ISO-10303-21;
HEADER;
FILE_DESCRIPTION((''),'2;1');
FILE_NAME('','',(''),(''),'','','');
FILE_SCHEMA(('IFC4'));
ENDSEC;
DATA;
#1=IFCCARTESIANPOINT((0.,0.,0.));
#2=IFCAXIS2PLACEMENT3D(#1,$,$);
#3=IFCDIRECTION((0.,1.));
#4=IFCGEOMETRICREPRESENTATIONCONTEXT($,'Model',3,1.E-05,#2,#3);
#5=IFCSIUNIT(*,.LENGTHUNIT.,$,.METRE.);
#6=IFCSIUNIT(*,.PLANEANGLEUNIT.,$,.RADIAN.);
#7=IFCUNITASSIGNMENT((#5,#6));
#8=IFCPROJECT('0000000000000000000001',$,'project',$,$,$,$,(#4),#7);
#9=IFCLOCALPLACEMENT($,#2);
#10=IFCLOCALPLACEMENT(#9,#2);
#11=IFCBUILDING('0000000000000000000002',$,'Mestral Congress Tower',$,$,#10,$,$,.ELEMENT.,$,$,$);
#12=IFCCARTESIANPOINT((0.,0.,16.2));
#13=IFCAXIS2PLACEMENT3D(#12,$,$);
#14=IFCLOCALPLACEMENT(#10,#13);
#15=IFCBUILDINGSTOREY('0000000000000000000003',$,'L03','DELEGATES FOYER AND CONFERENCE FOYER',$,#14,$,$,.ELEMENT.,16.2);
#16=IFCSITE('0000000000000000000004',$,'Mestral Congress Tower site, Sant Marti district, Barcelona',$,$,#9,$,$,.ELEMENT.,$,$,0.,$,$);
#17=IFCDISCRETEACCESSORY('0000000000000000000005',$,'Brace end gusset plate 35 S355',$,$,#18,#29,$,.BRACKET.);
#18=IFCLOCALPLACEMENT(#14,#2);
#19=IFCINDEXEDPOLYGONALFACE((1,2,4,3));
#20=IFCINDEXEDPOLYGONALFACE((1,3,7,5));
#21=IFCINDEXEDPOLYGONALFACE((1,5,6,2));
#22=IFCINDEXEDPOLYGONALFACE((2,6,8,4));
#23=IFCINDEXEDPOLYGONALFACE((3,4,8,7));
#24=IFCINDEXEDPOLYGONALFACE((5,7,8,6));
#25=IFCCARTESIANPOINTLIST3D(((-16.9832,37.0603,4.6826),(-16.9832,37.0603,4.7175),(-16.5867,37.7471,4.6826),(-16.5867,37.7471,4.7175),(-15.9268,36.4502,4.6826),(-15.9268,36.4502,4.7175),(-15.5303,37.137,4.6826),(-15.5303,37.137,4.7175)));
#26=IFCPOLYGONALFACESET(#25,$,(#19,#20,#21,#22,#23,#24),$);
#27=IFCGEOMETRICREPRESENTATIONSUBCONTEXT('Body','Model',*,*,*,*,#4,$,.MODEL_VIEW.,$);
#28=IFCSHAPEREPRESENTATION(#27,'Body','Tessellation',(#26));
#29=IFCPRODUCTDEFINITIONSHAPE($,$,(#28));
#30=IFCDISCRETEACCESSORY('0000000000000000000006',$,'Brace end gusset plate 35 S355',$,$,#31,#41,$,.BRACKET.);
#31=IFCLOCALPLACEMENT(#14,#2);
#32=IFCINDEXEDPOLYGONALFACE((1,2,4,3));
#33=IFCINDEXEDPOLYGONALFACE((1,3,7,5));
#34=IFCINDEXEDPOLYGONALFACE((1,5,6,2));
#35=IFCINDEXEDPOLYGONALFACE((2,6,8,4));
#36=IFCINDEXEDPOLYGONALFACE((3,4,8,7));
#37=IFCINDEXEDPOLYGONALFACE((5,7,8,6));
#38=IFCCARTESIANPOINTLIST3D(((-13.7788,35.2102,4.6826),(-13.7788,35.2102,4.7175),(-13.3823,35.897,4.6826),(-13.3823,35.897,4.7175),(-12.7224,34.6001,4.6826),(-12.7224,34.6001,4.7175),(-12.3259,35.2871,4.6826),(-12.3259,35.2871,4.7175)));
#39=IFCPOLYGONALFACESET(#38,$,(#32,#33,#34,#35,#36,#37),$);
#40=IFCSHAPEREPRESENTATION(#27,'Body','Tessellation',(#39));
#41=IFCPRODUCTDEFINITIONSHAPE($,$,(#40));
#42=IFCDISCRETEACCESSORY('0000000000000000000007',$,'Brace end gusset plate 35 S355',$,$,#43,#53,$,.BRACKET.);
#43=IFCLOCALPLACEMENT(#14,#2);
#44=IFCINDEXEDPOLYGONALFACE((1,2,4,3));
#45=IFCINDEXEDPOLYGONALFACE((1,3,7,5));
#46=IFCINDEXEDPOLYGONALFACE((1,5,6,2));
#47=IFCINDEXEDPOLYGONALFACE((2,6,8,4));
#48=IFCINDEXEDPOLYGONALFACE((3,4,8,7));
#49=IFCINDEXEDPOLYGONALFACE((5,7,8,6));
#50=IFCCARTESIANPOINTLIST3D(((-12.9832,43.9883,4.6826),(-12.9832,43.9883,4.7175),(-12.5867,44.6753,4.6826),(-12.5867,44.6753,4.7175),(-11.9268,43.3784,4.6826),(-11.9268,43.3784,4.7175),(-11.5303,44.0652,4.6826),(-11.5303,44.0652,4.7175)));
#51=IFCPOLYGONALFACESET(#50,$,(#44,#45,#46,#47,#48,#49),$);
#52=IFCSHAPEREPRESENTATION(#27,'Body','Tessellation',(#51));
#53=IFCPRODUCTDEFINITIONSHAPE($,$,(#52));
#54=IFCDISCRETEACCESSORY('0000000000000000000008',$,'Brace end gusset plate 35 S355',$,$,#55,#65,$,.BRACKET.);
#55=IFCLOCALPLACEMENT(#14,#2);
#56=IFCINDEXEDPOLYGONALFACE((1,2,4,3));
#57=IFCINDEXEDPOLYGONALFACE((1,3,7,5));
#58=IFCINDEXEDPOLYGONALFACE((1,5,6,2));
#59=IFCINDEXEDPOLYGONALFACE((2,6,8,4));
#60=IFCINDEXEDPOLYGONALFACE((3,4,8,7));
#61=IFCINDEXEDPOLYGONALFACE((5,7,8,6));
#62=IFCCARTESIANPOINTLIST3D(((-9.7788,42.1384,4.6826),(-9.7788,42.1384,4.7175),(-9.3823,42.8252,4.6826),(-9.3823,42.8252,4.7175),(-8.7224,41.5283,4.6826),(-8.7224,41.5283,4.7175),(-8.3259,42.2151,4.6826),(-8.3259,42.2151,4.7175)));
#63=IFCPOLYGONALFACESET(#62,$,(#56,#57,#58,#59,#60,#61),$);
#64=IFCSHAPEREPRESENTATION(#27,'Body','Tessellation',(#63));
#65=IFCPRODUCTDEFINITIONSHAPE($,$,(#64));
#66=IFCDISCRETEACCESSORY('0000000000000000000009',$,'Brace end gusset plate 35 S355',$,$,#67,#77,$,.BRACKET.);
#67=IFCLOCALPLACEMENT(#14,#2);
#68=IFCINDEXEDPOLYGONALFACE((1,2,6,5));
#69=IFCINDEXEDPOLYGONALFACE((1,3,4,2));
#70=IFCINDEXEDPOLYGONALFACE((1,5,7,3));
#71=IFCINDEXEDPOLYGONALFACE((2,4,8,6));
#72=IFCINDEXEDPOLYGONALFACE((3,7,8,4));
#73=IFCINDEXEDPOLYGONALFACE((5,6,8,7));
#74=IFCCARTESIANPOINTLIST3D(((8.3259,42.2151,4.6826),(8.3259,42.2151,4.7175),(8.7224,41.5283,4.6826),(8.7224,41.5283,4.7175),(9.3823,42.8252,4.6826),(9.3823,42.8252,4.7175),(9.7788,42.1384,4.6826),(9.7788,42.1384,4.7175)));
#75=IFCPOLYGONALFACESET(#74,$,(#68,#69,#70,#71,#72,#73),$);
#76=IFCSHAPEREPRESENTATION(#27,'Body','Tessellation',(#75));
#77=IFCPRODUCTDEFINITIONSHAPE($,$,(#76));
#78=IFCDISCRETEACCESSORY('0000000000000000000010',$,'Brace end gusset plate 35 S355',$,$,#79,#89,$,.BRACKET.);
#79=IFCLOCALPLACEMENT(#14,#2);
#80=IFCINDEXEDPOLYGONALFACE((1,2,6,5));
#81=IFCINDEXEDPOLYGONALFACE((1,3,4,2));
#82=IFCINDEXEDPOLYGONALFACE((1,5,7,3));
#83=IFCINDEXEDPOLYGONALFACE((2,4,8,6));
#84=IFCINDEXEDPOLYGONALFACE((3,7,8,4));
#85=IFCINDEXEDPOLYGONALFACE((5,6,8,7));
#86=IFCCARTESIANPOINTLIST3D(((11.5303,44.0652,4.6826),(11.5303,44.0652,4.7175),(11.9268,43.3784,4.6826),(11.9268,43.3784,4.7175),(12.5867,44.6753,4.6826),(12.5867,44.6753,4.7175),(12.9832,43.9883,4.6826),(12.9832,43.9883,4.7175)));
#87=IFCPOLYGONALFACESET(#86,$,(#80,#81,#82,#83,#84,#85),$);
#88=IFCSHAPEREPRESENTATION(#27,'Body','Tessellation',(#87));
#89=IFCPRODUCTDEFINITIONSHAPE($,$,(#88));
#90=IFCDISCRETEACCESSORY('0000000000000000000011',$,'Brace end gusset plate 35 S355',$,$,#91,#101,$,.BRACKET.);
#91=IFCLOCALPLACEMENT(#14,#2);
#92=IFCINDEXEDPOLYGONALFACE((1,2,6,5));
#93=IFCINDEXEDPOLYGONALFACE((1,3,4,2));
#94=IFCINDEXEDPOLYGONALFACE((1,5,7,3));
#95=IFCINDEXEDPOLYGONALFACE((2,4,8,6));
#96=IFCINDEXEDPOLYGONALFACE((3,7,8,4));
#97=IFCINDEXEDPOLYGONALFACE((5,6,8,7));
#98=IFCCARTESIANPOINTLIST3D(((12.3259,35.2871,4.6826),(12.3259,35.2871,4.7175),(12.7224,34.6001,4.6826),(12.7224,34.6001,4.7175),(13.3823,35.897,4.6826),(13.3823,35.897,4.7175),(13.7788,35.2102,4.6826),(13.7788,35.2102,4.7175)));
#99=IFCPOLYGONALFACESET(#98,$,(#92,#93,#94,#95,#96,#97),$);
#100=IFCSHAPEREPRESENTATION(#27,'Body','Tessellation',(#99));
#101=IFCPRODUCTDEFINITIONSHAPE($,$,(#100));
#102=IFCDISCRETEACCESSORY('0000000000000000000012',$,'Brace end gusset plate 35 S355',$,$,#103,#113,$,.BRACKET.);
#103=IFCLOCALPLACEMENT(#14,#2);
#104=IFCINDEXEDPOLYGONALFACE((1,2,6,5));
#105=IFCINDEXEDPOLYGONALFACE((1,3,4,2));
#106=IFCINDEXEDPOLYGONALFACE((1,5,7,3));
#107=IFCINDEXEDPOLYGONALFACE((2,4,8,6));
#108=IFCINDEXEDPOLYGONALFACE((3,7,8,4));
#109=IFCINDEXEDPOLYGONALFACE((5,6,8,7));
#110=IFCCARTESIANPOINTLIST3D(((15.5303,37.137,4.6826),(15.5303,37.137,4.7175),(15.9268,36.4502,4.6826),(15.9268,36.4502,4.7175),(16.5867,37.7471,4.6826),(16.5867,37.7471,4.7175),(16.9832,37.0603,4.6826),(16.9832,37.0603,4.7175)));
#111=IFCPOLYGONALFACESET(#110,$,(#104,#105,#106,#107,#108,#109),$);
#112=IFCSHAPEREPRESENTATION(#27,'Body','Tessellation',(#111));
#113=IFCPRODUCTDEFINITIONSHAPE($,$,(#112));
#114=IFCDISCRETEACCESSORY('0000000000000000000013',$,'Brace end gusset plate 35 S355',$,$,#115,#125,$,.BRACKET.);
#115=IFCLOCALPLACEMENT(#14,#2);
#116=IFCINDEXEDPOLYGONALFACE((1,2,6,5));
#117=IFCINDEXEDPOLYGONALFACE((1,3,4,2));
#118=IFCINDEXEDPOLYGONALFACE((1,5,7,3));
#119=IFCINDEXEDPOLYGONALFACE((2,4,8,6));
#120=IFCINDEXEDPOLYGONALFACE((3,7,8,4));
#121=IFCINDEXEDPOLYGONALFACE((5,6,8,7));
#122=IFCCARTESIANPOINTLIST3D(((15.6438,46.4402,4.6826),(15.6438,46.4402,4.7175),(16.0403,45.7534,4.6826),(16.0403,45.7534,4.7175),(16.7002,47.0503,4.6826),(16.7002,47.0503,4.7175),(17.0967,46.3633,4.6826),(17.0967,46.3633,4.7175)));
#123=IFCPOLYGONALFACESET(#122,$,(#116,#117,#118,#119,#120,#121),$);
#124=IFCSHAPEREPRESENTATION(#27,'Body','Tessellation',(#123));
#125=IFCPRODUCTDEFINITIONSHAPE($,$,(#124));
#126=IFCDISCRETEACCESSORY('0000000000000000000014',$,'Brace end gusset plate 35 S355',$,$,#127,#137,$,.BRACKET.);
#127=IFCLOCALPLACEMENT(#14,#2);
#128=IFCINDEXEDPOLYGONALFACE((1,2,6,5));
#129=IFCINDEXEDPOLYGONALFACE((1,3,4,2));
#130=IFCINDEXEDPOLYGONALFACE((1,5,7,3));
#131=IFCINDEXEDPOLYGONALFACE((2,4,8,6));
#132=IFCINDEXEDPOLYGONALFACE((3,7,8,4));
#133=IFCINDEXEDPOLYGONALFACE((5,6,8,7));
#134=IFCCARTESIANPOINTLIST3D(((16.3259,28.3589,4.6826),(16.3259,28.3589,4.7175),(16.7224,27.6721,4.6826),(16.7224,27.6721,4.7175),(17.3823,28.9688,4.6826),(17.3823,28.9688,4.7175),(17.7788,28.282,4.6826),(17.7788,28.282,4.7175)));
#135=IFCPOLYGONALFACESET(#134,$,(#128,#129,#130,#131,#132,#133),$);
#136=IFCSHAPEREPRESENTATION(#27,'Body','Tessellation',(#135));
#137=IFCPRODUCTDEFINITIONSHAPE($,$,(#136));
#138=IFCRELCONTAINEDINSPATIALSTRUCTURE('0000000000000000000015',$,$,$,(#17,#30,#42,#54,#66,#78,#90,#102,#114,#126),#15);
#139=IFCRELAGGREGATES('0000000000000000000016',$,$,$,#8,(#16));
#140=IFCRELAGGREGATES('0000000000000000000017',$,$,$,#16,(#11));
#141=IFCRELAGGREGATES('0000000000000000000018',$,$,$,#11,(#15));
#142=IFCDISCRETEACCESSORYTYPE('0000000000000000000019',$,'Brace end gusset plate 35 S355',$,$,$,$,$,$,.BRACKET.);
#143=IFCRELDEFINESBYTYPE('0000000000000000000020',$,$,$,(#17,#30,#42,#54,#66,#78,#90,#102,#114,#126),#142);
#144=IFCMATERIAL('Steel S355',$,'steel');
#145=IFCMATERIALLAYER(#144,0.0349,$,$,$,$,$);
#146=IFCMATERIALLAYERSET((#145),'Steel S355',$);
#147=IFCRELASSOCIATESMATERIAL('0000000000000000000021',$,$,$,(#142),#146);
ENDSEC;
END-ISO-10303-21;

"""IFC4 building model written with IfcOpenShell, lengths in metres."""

from ifc_helpers import new_model, si_unit, direction, frame, origin, place, context, subcontext, project, spatial, polyline, outline, extrude, material, layer, layer_set, type_object, element, save


model = new_model("IFC4")

# Units and contexts
model_context = context("Model", 3, precision=1e-05, world=origin(), true_north=direction((0.0, 1.0)))
body_context = subcontext(model_context, "Body", "Model", "MODEL_VIEW")
ifc_project = project(units=[si_unit("LENGTHUNIT", "METRE"), si_unit("PLANEANGLEUNIT", "RADIAN")], contexts=[model_context])

# Site, building, storey
site_placement = place(None, origin())
site = spatial("IfcSite", under=ifc_project, at=site_placement, Name="Mestral Congress Tower site, Sant Marti district, Barcelona", CompositionType="ELEMENT", RefElevation=0.0)
building_placement = place(site_placement, origin())
building = spatial("IfcBuilding", under=site, at=building_placement, Name="Mestral Congress Tower", CompositionType="ELEMENT")
storey_placement = place(building_placement, frame((0.0, 0.0, 16.2)))
storey = spatial("IfcBuildingStorey", under=building, at=storey_placement, Name="L03", Description="DELEGATES FOYER AND CONFERENCE FOYER", CompositionType="ELEMENT", Elevation=16.2)

# Discrete accessories
ifc_material = material(Name="Steel S355", Category="steel")
ifc_layer_1 = layer(ifc_material, 0.0349)
ifc_layer_set_1 = layer_set([ifc_layer_1], Name="Steel S355")
discrete_accessory_type_1 = type_object("IfcDiscreteAccessoryType", Name="Brace end gusset plate 35 S355", PredefinedType="BRACKET", material=ifc_layer_set_1)
placement_1 = place(storey_placement, frame((0.0, 0.0, 4.6826)))
element("IfcDiscreteAccessory", 1, at=placement_1, inside=storey, type_object=discrete_accessory_type_1, Name="Brace end gusset plate 35 S355", PredefinedType="BRACKET", context=body_context, shape_type="SweptSolid", body=[
    extrude(outline(polyline([(-16.9832, 37.0603), (-15.9268, 36.4502), (-15.5303, 37.137), (-16.5867, 37.7471), (-16.9832, 37.0603)])), origin(), (0.0, 0.0, 1.0), 0.0349),
])
element("IfcDiscreteAccessory", 2, at=placement_1, inside=storey, type_object=discrete_accessory_type_1, Name="Brace end gusset plate 35 S355", PredefinedType="BRACKET", context=body_context, shape_type="SweptSolid", body=[
    extrude(outline(polyline([(-13.7788, 35.2102), (-12.7224, 34.6001), (-12.3259, 35.2871), (-13.3823, 35.897), (-13.7788, 35.2102)])), origin(), (0.0, 0.0, 1.0), 0.0349),
])
element("IfcDiscreteAccessory", 3, at=placement_1, inside=storey, type_object=discrete_accessory_type_1, Name="Brace end gusset plate 35 S355", PredefinedType="BRACKET", context=body_context, shape_type="SweptSolid", body=[
    extrude(outline(polyline([(-12.9832, 43.9883), (-11.9268, 43.3784), (-11.5303, 44.0652), (-12.5867, 44.6753), (-12.9832, 43.9883)])), origin(), (0.0, 0.0, 1.0), 0.0349),
])
element("IfcDiscreteAccessory", 4, at=placement_1, inside=storey, type_object=discrete_accessory_type_1, Name="Brace end gusset plate 35 S355", PredefinedType="BRACKET", context=body_context, shape_type="SweptSolid", body=[
    extrude(outline(polyline([(-9.7788, 42.1384), (-8.7224, 41.5283), (-8.3259, 42.2151), (-9.3823, 42.8252), (-9.7788, 42.1384)])), origin(), (0.0, 0.0, 1.0), 0.0349),
])
element("IfcDiscreteAccessory", 5, at=placement_1, inside=storey, type_object=discrete_accessory_type_1, Name="Brace end gusset plate 35 S355", PredefinedType="BRACKET", context=body_context, shape_type="SweptSolid", body=[
    extrude(outline(polyline([(9.3823, 42.8252), (8.3259, 42.2151), (8.7224, 41.5283), (9.7788, 42.1384), (9.3823, 42.8252)])), origin(), (0.0, 0.0, 1.0), 0.0349),
])
element("IfcDiscreteAccessory", 6, at=placement_1, inside=storey, type_object=discrete_accessory_type_1, Name="Brace end gusset plate 35 S355", PredefinedType="BRACKET", context=body_context, shape_type="SweptSolid", body=[
    extrude(outline(polyline([(12.5867, 44.6753), (11.5303, 44.0652), (11.9268, 43.3784), (12.9832, 43.9883), (12.5867, 44.6753)])), origin(), (0.0, 0.0, 1.0), 0.0349),
])
element("IfcDiscreteAccessory", 7, at=placement_1, inside=storey, type_object=discrete_accessory_type_1, Name="Brace end gusset plate 35 S355", PredefinedType="BRACKET", context=body_context, shape_type="SweptSolid", body=[
    extrude(outline(polyline([(13.3823, 35.897), (12.3259, 35.2871), (12.7224, 34.6001), (13.7788, 35.2102), (13.3823, 35.897)])), origin(), (0.0, 0.0, 1.0), 0.0349),
])
element("IfcDiscreteAccessory", 8, at=placement_1, inside=storey, type_object=discrete_accessory_type_1, Name="Brace end gusset plate 35 S355", PredefinedType="BRACKET", context=body_context, shape_type="SweptSolid", body=[
    extrude(outline(polyline([(16.5867, 37.7471), (15.5303, 37.137), (15.9268, 36.4502), (16.9832, 37.0603), (16.5867, 37.7471)])), origin(), (0.0, 0.0, 1.0), 0.0349),
])
element("IfcDiscreteAccessory", 9, at=placement_1, inside=storey, type_object=discrete_accessory_type_1, Name="Brace end gusset plate 35 S355", PredefinedType="BRACKET", context=body_context, shape_type="SweptSolid", body=[
    extrude(outline(polyline([(16.7002, 47.0503), (15.6438, 46.4402), (16.0403, 45.7534), (17.0967, 46.3633), (16.7002, 47.0503)])), origin(), (0.0, 0.0, 1.0), 0.0349),
])
element("IfcDiscreteAccessory", 10, at=placement_1, inside=storey, type_object=discrete_accessory_type_1, Name="Brace end gusset plate 35 S355", PredefinedType="BRACKET", context=body_context, shape_type="SweptSolid", body=[
    extrude(outline(polyline([(17.3823, 28.9688), (16.3259, 28.3589), (16.7224, 27.6721), (17.7788, 28.282), (17.3823, 28.9688)])), origin(), (0.0, 0.0, 1.0), 0.0349),
])

save(model, "model.ifc")
